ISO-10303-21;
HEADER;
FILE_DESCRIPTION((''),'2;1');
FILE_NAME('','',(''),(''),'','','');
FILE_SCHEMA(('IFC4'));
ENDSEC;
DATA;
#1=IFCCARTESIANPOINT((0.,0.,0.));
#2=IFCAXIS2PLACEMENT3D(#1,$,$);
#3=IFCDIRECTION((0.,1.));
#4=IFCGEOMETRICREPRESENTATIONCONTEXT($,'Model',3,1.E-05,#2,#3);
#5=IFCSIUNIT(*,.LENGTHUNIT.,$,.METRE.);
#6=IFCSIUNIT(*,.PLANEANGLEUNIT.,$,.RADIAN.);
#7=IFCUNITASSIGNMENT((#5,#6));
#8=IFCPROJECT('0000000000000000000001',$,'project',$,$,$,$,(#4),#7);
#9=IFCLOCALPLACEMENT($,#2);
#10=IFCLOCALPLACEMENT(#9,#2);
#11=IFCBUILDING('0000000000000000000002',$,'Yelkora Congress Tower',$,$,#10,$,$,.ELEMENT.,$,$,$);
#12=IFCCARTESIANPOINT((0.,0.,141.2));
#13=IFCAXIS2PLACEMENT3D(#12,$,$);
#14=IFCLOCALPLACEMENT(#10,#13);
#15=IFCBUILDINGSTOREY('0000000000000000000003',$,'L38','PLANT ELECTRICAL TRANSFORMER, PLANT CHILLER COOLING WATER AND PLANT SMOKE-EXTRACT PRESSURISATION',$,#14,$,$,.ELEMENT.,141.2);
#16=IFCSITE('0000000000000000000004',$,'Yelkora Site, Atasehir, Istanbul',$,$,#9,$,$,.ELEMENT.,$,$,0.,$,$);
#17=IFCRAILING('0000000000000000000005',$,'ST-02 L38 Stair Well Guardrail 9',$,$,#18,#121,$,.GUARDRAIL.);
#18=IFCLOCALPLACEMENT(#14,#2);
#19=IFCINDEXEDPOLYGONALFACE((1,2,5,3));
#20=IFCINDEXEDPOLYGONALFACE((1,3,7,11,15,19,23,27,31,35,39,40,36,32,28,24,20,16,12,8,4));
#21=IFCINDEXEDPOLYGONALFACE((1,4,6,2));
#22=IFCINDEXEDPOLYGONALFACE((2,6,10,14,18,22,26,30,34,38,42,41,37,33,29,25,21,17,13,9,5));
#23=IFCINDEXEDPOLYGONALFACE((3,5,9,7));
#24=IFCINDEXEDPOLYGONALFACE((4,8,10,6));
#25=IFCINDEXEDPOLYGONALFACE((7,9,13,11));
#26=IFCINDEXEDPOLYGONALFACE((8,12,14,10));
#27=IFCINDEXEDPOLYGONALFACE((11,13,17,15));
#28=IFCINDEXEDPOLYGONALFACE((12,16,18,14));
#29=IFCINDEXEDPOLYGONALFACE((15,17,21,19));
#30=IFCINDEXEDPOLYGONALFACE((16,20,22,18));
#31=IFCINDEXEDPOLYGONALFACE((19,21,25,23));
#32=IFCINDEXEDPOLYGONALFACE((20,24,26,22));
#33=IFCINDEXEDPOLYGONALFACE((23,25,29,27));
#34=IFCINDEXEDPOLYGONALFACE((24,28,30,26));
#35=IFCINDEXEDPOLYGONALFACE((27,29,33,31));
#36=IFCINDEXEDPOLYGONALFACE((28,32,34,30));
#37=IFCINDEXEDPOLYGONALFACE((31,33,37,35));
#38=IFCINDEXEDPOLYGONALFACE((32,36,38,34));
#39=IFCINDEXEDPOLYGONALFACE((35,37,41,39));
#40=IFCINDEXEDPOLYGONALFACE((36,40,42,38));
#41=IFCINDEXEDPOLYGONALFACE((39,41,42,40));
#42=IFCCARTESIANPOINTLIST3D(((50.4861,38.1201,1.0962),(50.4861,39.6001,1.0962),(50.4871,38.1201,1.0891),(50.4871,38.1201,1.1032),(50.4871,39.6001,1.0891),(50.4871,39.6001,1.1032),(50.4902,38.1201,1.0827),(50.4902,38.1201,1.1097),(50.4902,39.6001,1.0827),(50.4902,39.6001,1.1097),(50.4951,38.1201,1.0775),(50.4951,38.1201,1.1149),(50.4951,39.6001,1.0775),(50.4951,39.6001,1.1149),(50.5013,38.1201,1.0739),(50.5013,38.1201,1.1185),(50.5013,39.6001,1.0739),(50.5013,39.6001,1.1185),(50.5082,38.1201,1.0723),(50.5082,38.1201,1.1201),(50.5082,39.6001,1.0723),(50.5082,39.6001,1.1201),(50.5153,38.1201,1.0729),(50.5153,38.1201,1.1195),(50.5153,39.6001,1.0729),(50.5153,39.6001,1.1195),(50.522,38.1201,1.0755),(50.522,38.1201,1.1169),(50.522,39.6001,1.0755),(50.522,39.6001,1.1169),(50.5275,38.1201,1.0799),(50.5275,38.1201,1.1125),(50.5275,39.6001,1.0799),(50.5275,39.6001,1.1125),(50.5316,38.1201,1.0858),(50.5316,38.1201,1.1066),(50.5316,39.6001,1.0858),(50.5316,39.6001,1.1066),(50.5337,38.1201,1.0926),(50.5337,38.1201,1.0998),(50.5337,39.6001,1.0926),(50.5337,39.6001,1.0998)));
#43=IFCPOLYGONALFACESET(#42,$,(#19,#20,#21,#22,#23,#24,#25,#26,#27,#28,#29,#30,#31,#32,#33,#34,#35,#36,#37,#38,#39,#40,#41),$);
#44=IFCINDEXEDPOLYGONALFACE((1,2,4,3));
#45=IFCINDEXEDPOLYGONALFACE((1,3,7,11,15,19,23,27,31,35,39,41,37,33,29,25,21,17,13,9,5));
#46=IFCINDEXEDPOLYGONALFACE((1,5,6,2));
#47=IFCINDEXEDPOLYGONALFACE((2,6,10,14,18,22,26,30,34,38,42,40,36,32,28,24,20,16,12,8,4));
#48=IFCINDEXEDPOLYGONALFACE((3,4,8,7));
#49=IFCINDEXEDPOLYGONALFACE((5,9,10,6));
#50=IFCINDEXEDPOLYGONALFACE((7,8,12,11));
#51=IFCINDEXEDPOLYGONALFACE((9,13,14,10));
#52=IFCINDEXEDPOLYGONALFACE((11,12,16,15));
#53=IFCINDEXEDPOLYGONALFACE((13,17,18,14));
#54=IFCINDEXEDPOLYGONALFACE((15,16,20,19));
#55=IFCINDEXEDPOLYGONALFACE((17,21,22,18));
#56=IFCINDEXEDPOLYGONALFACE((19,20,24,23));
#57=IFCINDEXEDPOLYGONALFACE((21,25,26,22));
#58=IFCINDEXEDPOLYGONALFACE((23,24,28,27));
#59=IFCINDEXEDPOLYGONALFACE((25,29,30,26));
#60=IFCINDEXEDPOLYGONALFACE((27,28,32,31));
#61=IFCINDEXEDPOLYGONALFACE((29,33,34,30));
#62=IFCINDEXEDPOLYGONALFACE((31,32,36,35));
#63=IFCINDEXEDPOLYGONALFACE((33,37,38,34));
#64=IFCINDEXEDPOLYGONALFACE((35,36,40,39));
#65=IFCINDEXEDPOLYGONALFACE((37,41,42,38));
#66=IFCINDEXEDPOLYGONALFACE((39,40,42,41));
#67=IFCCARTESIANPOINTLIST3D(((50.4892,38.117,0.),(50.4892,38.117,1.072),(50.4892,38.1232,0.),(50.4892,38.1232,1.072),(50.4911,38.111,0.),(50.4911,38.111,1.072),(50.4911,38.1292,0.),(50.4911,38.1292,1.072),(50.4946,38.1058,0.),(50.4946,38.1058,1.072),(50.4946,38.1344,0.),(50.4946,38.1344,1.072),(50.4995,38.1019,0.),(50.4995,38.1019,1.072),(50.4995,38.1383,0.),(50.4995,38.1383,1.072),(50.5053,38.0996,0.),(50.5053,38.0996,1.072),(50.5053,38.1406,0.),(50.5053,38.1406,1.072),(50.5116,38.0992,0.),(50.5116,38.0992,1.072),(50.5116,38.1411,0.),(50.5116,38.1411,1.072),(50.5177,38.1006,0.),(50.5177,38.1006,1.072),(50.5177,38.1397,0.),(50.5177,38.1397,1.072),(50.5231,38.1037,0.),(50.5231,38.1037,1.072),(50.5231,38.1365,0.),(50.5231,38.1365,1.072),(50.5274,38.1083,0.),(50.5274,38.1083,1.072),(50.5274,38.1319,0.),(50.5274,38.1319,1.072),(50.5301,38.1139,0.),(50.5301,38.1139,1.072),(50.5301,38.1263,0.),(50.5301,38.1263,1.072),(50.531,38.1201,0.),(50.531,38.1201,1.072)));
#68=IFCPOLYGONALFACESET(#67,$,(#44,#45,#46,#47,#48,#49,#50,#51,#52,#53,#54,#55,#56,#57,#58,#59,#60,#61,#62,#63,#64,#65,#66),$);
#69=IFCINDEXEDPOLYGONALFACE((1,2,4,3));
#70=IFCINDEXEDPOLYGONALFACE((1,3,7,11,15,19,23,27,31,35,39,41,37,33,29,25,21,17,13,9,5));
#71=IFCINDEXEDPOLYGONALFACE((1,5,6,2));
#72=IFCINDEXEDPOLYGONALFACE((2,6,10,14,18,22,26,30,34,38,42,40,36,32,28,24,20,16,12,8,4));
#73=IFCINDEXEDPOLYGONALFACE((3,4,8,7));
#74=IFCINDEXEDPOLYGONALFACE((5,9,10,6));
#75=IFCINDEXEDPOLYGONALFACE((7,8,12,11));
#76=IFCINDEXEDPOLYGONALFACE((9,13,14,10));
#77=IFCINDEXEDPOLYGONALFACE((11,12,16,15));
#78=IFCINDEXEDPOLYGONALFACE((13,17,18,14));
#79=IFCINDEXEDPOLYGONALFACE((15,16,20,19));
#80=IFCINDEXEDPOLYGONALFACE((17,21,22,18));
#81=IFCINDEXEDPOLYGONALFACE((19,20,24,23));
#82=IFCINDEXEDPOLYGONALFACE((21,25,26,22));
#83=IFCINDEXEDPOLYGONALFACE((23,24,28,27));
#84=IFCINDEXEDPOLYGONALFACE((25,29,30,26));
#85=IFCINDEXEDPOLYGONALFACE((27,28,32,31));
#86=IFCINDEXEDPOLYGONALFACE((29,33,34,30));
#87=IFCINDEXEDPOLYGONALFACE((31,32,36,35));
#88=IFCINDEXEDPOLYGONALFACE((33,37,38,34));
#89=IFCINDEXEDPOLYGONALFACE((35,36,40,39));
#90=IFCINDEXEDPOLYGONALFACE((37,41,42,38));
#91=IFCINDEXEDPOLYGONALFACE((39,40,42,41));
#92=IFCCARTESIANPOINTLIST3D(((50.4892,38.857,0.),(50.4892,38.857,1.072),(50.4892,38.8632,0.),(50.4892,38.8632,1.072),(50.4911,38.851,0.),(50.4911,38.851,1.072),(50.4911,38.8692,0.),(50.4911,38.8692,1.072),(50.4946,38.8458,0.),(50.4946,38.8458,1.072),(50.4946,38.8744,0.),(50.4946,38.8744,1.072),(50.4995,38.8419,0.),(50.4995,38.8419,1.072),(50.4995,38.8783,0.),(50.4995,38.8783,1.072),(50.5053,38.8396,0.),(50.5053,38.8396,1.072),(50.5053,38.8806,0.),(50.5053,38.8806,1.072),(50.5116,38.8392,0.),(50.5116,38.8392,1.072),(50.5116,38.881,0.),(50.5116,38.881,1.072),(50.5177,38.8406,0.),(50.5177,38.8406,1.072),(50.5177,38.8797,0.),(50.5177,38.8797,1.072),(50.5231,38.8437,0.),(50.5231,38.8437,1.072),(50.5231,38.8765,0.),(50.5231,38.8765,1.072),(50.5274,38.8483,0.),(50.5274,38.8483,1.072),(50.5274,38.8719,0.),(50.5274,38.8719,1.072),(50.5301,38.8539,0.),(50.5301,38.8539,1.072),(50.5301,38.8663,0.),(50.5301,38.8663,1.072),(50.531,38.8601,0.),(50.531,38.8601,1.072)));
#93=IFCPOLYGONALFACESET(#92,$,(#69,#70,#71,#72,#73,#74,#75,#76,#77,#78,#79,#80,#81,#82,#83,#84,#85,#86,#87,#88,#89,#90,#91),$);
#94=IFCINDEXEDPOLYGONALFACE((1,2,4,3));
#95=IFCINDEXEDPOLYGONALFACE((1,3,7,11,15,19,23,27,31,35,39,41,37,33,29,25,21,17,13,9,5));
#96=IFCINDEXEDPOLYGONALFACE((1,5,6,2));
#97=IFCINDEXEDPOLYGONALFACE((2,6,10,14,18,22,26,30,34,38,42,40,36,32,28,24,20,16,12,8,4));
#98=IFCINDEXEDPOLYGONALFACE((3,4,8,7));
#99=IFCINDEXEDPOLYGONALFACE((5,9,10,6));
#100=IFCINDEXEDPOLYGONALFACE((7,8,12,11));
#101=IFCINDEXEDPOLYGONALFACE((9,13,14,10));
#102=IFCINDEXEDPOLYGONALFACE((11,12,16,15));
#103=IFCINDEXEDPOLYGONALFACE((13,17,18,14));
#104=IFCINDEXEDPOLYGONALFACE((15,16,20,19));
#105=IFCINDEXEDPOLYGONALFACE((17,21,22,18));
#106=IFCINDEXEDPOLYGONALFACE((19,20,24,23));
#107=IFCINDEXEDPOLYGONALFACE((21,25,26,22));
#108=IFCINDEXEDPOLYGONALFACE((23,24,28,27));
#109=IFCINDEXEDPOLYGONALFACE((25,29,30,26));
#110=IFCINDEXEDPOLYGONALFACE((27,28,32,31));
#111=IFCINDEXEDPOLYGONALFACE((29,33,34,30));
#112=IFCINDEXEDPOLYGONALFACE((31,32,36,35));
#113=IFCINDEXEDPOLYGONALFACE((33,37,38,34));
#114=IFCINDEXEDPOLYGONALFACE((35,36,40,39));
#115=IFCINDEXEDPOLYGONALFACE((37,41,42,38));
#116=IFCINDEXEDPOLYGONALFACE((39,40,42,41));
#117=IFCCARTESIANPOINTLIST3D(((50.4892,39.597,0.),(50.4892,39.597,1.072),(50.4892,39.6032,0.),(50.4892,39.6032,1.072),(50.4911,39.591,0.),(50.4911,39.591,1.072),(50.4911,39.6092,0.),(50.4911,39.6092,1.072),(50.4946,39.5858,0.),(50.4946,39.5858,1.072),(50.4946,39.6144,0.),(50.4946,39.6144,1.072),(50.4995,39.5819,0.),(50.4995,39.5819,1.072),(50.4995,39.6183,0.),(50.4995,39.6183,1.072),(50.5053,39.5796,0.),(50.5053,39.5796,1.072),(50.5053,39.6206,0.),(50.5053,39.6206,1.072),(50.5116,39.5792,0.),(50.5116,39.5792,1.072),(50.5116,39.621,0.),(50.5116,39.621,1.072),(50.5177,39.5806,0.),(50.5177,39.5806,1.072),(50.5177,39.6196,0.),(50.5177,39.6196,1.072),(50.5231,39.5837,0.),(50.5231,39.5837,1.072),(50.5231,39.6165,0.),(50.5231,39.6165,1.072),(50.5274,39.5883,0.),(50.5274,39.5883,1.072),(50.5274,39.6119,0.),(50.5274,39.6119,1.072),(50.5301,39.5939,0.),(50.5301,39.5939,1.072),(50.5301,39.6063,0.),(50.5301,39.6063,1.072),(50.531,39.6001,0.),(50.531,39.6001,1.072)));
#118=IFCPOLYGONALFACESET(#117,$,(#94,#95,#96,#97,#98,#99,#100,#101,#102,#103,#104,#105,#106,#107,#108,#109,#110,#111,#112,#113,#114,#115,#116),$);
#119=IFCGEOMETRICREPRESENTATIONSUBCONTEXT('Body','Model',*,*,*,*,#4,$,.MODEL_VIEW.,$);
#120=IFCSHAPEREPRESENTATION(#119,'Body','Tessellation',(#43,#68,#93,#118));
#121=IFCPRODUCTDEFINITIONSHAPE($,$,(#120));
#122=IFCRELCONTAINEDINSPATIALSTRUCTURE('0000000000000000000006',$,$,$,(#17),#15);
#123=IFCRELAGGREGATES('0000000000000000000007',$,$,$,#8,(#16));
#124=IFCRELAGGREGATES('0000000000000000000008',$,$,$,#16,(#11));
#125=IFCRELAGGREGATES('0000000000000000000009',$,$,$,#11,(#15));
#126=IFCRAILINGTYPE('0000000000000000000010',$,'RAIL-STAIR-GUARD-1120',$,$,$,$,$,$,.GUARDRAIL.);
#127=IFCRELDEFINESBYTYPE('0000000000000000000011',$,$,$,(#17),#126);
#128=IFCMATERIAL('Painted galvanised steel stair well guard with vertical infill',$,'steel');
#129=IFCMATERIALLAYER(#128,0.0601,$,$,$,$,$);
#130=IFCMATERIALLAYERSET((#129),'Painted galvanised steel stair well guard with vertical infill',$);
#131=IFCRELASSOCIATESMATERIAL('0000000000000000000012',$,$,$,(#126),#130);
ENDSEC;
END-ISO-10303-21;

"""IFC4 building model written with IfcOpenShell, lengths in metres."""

from ifc_helpers import new_model, si_unit, direction, frame, origin, origin_2d, place, context, subcontext, project, spatial, circle, extrude, material, layer, layer_set, type_object, element, save


model = new_model("IFC4")

# Units and contexts
model_context = context("Model", 3, precision=1e-05, world=origin(), true_north=direction((0.0, 1.0)))
body_context = subcontext(model_context, "Body", "Model", "MODEL_VIEW")
ifc_project = project(units=[si_unit("LENGTHUNIT", "METRE"), si_unit("PLANEANGLEUNIT", "RADIAN")], contexts=[model_context])

# Site, building, storey
site_placement = place(None, origin())
site = spatial("IfcSite", under=ifc_project, at=site_placement, Name="Yelkora Site, Atasehir, Istanbul", CompositionType="ELEMENT", RefElevation=0.0)
building_placement = place(site_placement, origin())
building = spatial("IfcBuilding", under=site, at=building_placement, Name="Yelkora Congress Tower", CompositionType="ELEMENT")
storey_placement = place(building_placement, frame((0.0, 0.0, 141.2)))
storey = spatial("IfcBuildingStorey", under=building, at=storey_placement, Name="L38", Description="PLANT ELECTRICAL TRANSFORMER, PLANT CHILLER COOLING WATER AND PLANT SMOKE-EXTRACT PRESSURISATION", CompositionType="ELEMENT", Elevation=141.2)

# Railing
ifc_material_1 = material(Name="Painted galvanised steel stair well guard with vertical infill", Category="steel")
ifc_layer_1 = layer(ifc_material_1, 0.0601)
ifc_layer_set_1 = layer_set([ifc_layer_1], Name="Painted galvanised steel stair well guard with vertical infill")
railing_type_1 = type_object("IfcRailingType", Name="RAIL-STAIR-GUARD-1120", PredefinedType="GUARDRAIL", material=ifc_layer_set_1)
for number, where, name in (
    (1, (50.51, 38.1201, 0.0), "ST-02 L38 Stair Well Guardrail 9"),
):
    element("IfcRailing", number, at=place(storey_placement, frame(where)), inside=storey, type_object=railing_type_1, Name=name, PredefinedType="GUARDRAIL", context=body_context, shape_type="SweptSolid", body=[
        extrude(circle(Radius=0.0239, at=origin_2d()), frame((0.0, 0.0, 1.0962), z_axis=(0.0, 1.0, 0.0), x_axis=(-1.0, 0.0, 0.0)), (0.0, 0.0, 1.0), 1.48),
        extrude(circle(Radius=0.021, at=origin_2d()), origin(), (0.0, 0.0, 1.0), 1.072),
        extrude(circle(Radius=0.021, at=origin_2d()), frame((0.0, 0.74, 0.0)), (0.0, 0.0, 1.0), 1.072),
        extrude(circle(Radius=0.021, at=origin_2d()), frame((0.0, 1.48, 0.0)), (0.0, 0.0, 1.0), 1.072),
    ])

save(model, "model.ifc")
